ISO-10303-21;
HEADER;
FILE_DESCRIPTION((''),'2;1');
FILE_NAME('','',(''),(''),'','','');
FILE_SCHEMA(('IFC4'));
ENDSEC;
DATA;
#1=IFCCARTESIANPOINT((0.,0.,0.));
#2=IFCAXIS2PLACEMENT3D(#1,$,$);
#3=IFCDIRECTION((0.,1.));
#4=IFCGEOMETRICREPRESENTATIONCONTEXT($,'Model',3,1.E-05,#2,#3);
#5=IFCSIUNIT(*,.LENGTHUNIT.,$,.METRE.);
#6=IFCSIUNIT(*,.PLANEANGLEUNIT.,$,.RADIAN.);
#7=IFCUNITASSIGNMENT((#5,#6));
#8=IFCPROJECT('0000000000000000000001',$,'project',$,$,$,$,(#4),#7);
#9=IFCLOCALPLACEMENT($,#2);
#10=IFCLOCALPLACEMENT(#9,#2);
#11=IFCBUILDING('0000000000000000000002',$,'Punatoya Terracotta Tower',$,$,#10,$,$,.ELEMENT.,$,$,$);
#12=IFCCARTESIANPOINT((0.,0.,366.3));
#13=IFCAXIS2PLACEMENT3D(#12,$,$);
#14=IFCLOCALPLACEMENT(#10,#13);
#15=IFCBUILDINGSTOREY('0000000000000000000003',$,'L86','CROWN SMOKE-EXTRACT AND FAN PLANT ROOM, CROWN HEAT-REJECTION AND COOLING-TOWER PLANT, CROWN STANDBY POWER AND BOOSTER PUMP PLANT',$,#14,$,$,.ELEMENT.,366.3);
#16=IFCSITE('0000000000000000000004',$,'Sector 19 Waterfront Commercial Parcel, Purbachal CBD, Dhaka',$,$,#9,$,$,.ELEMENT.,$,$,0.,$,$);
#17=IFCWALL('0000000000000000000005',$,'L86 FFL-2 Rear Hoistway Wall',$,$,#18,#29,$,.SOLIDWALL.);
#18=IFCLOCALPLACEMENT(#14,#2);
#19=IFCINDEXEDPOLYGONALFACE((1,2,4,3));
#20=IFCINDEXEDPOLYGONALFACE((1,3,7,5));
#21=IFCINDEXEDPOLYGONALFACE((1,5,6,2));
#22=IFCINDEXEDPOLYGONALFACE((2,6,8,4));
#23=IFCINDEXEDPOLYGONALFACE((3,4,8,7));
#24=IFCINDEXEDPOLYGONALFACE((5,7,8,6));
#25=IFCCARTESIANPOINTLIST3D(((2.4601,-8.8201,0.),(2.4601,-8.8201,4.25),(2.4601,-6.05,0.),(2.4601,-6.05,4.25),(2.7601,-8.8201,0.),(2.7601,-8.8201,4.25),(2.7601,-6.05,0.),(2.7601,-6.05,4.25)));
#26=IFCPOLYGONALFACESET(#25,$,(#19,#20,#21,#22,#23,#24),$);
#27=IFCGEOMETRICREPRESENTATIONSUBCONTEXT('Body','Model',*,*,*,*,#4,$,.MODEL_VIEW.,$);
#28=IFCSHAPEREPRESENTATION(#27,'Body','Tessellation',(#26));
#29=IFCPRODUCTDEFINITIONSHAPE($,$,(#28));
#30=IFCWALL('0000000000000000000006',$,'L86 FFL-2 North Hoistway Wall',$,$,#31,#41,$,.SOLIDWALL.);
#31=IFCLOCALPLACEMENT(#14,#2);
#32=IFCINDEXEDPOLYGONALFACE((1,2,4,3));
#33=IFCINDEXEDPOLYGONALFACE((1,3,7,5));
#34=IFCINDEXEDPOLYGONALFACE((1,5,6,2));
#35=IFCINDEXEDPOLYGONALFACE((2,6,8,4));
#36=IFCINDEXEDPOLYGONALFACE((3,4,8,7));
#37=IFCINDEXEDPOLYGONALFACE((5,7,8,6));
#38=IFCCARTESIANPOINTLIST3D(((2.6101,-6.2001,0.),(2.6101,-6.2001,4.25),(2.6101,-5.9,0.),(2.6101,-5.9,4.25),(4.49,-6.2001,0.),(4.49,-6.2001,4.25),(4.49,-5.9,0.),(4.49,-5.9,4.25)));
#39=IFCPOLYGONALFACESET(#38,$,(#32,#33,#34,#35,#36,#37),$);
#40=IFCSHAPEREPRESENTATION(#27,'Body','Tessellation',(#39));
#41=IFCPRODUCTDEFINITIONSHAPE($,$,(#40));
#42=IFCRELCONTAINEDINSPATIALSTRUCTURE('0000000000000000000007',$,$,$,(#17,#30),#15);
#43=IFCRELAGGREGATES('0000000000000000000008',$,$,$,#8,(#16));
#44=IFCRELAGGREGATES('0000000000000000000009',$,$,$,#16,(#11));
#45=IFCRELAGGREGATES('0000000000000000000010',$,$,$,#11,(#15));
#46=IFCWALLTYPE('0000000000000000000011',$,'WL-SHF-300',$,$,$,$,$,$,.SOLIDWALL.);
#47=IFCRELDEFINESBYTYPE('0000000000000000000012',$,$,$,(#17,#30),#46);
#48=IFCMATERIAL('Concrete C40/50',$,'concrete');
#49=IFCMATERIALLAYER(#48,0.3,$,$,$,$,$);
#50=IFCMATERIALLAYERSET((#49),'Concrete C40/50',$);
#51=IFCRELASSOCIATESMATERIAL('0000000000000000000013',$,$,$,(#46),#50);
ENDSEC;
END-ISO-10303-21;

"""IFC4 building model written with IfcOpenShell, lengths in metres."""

from ifc_helpers import new_model, si_unit, direction, frame, frame_2d, origin, place, context, subcontext, project, spatial, rectangle, extrude, material, layer, layer_set, type_object, element, save


model = new_model("IFC4")

# Units and contexts
model_context = context("Model", 3, precision=1e-05, world=origin(), true_north=direction((0.0, 1.0)))
body_context = subcontext(model_context, "Body", "Model", "MODEL_VIEW")
ifc_project = project(units=[si_unit("LENGTHUNIT", "METRE"), si_unit("PLANEANGLEUNIT", "RADIAN")], contexts=[model_context])

# Site, building, storey
site_placement = place(None, origin())
site = spatial("IfcSite", under=ifc_project, at=site_placement, Name="Sector 19 Waterfront Commercial Parcel, Purbachal CBD, Dhaka", CompositionType="ELEMENT", RefElevation=0.0)
building_placement = place(site_placement, origin())
building = spatial("IfcBuilding", under=site, at=building_placement, Name="Punatoya Terracotta Tower", CompositionType="ELEMENT")
storey_placement = place(building_placement, frame((0.0, 0.0, 366.3)))
storey = spatial("IfcBuildingStorey", under=building, at=storey_placement, Name="L86", Description="CROWN SMOKE-EXTRACT AND FAN PLANT ROOM, CROWN HEAT-REJECTION AND COOLING-TOWER PLANT, CROWN STANDBY POWER AND BOOSTER PUMP PLANT", CompositionType="ELEMENT", Elevation=366.3)

# Shared definitions
ifc_material_1 = material(Name="Concrete C40/50", Category="concrete")

# Walls
ifc_layer_1 = layer(ifc_material_1, 0.3)
ifc_layer_set_1 = layer_set([ifc_layer_1], Name="Concrete C40/50")
wall_type_1 = type_object("IfcWallType", Name="WL-SHF-300", PredefinedType="SOLIDWALL", material=ifc_layer_set_1)
wall_1_placement = place(storey_placement, frame((2.6101, -8.8201, 0.0), z_axis=(0.0, 0.0, 1.0), x_axis=(0.0, 1.0, 0.0)))
element("IfcWall", 1, at=wall_1_placement, inside=storey, type_object=wall_type_1, Name="L86 FFL-2 Rear Hoistway Wall", PredefinedType="SOLIDWALL", context=body_context, shape_type="SweptSolid", body=[
    extrude(rectangle(XDim=2.77, YDim=0.3, at=frame_2d((1.385, 0.0))), origin(), (0.0, 0.0, 1.0), 4.25),
])
wall_2_placement = place(storey_placement, frame((2.6101, -6.05, 0.0), z_axis=(0.0, 0.0, 1.0), x_axis=(1.0, 0.0, 0.0)))
element("IfcWall", 2, at=wall_2_placement, inside=storey, type_object=wall_type_1, Name="L86 FFL-2 North Hoistway Wall", PredefinedType="SOLIDWALL", context=body_context, shape_type="SweptSolid", body=[
    extrude(rectangle(XDim=1.8799, YDim=0.3, at=frame_2d((0.9399, 0.0))), origin(), (0.0, 0.0, 1.0), 4.25),
])

save(model, "model.ifc")
